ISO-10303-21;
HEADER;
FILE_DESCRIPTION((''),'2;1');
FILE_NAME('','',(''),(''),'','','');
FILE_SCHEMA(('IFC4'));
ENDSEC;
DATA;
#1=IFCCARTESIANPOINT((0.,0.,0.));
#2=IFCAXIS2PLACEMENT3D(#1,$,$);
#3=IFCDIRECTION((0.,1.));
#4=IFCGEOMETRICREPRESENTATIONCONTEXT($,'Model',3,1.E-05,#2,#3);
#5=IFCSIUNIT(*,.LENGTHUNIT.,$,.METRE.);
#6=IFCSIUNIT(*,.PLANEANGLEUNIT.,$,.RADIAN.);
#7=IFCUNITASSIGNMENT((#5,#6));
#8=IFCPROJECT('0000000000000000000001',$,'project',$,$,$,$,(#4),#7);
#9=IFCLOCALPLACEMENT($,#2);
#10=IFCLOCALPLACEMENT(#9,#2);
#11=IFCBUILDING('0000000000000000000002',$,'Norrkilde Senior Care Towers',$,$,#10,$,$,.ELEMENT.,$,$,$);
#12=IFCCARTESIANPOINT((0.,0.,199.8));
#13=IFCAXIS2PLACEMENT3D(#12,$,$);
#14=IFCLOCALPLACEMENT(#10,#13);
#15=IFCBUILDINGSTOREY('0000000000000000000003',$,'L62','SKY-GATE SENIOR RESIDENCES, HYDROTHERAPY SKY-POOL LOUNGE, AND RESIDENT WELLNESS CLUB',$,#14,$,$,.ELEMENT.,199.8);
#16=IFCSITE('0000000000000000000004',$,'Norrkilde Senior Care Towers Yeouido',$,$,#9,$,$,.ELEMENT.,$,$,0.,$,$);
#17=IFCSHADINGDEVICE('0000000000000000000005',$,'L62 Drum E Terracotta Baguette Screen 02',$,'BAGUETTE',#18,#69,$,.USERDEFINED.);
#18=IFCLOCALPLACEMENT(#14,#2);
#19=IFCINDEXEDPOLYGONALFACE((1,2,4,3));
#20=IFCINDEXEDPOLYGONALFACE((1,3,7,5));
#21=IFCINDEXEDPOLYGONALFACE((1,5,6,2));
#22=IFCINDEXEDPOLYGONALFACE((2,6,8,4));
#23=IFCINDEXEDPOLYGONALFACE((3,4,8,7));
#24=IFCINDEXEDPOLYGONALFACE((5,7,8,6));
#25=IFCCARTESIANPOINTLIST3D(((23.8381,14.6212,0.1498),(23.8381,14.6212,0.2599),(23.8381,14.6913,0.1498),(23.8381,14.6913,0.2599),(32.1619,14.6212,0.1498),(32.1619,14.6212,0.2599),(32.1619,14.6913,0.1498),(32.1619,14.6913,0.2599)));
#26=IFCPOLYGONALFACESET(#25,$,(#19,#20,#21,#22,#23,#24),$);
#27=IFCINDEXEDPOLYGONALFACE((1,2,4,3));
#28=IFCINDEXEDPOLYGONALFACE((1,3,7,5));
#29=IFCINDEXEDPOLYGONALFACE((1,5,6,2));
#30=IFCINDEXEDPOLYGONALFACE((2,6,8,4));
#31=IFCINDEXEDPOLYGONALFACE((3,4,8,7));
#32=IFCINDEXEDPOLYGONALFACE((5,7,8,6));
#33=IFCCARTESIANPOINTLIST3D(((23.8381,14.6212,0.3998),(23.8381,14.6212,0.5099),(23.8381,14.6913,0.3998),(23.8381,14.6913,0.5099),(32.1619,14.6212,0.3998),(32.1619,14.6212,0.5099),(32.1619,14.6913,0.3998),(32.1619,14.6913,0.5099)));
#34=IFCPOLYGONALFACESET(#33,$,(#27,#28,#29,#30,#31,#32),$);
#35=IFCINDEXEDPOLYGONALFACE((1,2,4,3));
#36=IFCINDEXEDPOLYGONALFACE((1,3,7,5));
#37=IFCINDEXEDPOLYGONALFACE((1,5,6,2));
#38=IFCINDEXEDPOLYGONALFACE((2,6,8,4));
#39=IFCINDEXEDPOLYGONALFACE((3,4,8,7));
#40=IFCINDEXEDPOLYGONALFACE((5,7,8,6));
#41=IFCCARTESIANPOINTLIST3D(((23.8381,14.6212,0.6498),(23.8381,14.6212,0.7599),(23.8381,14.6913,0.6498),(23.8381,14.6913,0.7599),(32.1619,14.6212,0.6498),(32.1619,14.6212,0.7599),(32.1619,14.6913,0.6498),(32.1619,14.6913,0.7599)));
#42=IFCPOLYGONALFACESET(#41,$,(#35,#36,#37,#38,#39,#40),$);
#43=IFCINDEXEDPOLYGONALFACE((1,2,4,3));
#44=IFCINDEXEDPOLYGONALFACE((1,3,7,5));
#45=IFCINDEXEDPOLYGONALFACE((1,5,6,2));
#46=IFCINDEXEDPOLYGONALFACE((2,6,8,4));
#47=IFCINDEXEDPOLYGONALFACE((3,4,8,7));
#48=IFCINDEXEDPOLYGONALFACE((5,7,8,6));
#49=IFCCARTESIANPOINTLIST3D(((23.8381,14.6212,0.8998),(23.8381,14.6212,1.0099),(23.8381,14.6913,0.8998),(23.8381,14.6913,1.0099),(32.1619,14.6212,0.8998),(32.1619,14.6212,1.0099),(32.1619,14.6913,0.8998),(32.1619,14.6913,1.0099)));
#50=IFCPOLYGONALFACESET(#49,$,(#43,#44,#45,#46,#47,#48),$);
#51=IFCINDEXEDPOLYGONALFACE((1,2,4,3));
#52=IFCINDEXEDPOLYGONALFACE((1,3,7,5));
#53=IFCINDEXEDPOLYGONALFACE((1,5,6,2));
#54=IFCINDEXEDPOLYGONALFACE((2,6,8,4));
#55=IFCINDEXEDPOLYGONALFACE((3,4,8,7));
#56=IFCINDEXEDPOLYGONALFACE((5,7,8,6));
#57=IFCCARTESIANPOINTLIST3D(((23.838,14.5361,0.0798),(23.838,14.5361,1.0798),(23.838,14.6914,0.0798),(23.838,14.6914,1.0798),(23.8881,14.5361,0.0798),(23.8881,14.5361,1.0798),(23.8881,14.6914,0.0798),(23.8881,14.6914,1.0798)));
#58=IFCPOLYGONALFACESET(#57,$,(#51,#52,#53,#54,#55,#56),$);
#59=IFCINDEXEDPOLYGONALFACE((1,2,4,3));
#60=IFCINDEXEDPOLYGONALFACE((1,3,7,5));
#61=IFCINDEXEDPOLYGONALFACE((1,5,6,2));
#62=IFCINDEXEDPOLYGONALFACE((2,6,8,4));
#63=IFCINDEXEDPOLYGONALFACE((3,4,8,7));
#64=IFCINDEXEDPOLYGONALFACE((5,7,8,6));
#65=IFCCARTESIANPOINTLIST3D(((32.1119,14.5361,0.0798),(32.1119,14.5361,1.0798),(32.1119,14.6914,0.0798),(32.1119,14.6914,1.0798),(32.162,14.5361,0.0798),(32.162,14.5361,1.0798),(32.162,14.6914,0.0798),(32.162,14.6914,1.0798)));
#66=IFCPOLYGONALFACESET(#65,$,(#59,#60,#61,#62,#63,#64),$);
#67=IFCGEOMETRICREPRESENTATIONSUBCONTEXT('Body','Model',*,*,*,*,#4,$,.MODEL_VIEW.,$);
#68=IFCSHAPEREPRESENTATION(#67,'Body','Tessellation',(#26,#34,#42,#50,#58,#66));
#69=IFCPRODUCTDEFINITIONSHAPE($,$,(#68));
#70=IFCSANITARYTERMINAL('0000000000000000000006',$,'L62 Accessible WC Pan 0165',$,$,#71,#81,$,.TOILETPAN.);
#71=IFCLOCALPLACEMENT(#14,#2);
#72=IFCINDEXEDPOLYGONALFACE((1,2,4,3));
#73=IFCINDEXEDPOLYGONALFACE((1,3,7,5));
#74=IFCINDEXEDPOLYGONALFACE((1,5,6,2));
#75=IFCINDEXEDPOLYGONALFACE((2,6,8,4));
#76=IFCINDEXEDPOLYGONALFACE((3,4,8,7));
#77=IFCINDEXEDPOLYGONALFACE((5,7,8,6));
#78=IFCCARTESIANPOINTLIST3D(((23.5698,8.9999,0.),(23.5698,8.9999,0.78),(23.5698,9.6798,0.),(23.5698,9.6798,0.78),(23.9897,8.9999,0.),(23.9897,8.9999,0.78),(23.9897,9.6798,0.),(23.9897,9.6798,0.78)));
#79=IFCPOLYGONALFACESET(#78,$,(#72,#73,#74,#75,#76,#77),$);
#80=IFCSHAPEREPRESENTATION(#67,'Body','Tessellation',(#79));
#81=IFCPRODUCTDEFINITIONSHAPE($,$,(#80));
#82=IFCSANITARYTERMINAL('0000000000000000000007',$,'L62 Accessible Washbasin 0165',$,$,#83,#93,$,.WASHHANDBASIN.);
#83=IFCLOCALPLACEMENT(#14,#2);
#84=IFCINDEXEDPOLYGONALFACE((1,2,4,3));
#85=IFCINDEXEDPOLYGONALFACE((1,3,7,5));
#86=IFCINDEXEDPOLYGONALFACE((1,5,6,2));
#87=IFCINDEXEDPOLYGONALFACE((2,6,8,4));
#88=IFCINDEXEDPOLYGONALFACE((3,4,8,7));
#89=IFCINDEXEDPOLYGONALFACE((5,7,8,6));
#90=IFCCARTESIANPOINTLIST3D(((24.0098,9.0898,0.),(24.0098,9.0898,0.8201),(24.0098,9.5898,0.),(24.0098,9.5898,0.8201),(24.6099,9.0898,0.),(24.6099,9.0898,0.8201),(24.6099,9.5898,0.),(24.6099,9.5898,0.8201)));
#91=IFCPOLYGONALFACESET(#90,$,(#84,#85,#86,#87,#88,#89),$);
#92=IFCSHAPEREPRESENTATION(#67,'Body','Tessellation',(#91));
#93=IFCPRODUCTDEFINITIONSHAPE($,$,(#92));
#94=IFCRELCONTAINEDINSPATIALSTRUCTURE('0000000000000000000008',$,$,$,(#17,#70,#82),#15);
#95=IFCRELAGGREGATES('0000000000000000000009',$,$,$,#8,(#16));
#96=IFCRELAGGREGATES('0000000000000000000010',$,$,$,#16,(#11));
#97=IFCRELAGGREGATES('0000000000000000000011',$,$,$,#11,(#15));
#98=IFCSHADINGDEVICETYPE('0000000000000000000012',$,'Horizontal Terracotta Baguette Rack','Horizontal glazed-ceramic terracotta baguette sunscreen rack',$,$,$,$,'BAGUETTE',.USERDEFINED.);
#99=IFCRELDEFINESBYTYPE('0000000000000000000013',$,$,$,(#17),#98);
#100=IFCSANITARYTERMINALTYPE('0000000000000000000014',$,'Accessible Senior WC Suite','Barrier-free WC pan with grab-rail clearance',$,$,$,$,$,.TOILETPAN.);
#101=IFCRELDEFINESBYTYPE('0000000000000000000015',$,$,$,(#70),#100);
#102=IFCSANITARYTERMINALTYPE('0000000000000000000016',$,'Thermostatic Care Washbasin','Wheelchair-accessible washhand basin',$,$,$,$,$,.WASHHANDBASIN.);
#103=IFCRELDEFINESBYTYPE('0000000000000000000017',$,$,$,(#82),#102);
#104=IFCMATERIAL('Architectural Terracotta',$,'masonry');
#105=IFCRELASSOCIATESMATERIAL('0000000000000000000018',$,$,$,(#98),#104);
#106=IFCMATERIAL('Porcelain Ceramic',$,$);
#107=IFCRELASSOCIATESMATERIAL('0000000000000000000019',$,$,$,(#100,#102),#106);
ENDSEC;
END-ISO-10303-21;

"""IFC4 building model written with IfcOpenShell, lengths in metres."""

from ifc_helpers import new_model, si_unit, direction, frame, origin, origin_2d, place, context, subcontext, project, spatial, rectangle, extrude, source, transform, mapped, material, type_object, type_shapes, element, save


model = new_model("IFC4")

# Units and contexts
model_context = context("Model", 3, precision=1e-05, world=origin(), true_north=direction((0.0, 1.0)))
body_context = subcontext(model_context, "Body", "Model", "MODEL_VIEW")
ifc_project = project(units=[si_unit("LENGTHUNIT", "METRE"), si_unit("PLANEANGLEUNIT", "RADIAN")], contexts=[model_context])

# Site, building, storey
site_placement = place(None, origin())
site = spatial("IfcSite", under=ifc_project, at=site_placement, Name="Norrkilde Senior Care Towers Yeouido", CompositionType="ELEMENT", RefElevation=0.0)
building_placement = place(site_placement, origin())
building = spatial("IfcBuilding", under=site, at=building_placement, Name="Norrkilde Senior Care Towers", CompositionType="ELEMENT")
storey_placement = place(building_placement, frame((0.0, 0.0, 199.8)))
storey = spatial("IfcBuildingStorey", under=building, at=storey_placement, Name="L62", Description="SKY-GATE SENIOR RESIDENCES, HYDROTHERAPY SKY-POOL LOUNGE, AND RESIDENT WELLNESS CLUB", CompositionType="ELEMENT", Elevation=199.8)

# Shading device
ifc_material_1 = material(Name="Architectural Terracotta", Category="masonry")
shading_device_type = type_object("IfcShadingDeviceType", Name="Horizontal Terracotta Baguette Rack", Description="Horizontal glazed-ceramic terracotta baguette sunscreen rack", ElementType="BAGUETTE", PredefinedType="USERDEFINED", material=ifc_material_1)
shared_shape_1 = source(origin(), body_context, "Body", "SweptSolid", [
    extrude(rectangle(XDim=0.0701, YDim=0.1101, at=origin_2d()), frame((0.0, 0.0901, 0.125), z_axis=(1.0, 0.0, 0.0), x_axis=(0.0, 1.0, 0.0)), (0.0, 0.0, 1.0), 8.3237),
    extrude(rectangle(XDim=0.0701, YDim=0.1101, at=origin_2d()), frame((0.0, 0.0901, 0.375), z_axis=(1.0, 0.0, 0.0), x_axis=(0.0, 1.0, 0.0)), (0.0, 0.0, 1.0), 8.3237),
    extrude(rectangle(XDim=0.0701, YDim=0.1101, at=origin_2d()), frame((0.0, 0.0901, 0.625), z_axis=(1.0, 0.0, 0.0), x_axis=(0.0, 1.0, 0.0)), (0.0, 0.0, 1.0), 8.3237),
    extrude(rectangle(XDim=0.0701, YDim=0.1101, at=origin_2d()), frame((0.0, 0.0901, 0.875), z_axis=(1.0, 0.0, 0.0), x_axis=(0.0, 1.0, 0.0)), (0.0, 0.0, 1.0), 8.3237),
    extrude(rectangle(XDim=0.05, YDim=0.1553, at=origin_2d()), frame((0.0249, 0.0476, 0.0)), (0.0, 0.0, 1.0), 1.0),
    extrude(rectangle(XDim=0.05, YDim=0.1553, at=origin_2d()), frame((8.2988, 0.0476, 0.0)), (0.0, 0.0, 1.0), 1.0),
])
type_shapes(shading_device_type, [shared_shape_1])
shading_device_placement = place(storey_placement, frame((23.8381, 14.5662, 0.0798), z_axis=(0.0, 0.0, 1.0), x_axis=(1.0, 0.0, 0.0)))
element("IfcShadingDevice", 1, at=shading_device_placement, inside=storey, type_object=shading_device_type, Name="L62 Drum E Terracotta Baguette Screen 02", ObjectType="BAGUETTE", PredefinedType="USERDEFINED", context=body_context, shape_type="MappedRepresentation", body=[
    mapped(shared_shape_1, transform((0.0, 0.0, 0.0), x_axis=(1.0, 0.0, 0.0), y_axis=(0.0, 1.0, 0.0), z_axis=(0.0, 0.0, 1.0), scale=1.0)),
])

# Sanitary terminals
ifc_material_2 = material(Name="Porcelain Ceramic")
sanitary_terminal_type_1 = type_object("IfcSanitaryTerminalType", Name="Accessible Senior WC Suite", Description="Barrier-free WC pan with grab-rail clearance", PredefinedType="TOILETPAN", material=ifc_material_2)
shared_shape_2 = source(origin(), body_context, "Body", "SweptSolid", [
    extrude(rectangle(XDim=0.4199, YDim=0.6799, at=origin_2d()), origin(), (0.0, 0.0, 1.0), 0.78),
])
type_shapes(sanitary_terminal_type_1, [shared_shape_2])
sanitary_terminal_1_placement = place(storey_placement, frame((23.7798, 9.3398, 0.0), z_axis=(0.0, 0.0, 1.0), x_axis=(1.0, 0.0, 0.0)))
element("IfcSanitaryTerminal", 2, at=sanitary_terminal_1_placement, inside=storey, type_object=sanitary_terminal_type_1, Name="L62 Accessible WC Pan 0165", PredefinedType="TOILETPAN", context=body_context, shape_type="MappedRepresentation", body=[
    mapped(shared_shape_2, transform((0.0, 0.0, 0.0), x_axis=(1.0, 0.0, 0.0), y_axis=(0.0, 1.0, 0.0), z_axis=(0.0, 0.0, 1.0), scale=1.0)),
])
sanitary_terminal_type_2 = type_object("IfcSanitaryTerminalType", Name="Thermostatic Care Washbasin", Description="Wheelchair-accessible washhand basin", PredefinedType="WASHHANDBASIN", material=ifc_material_2)
shared_shape_3 = source(origin(), body_context, "Body", "SweptSolid", [
    extrude(rectangle(XDim=0.6001, YDim=0.5, at=origin_2d()), origin(), (0.0, 0.0, 1.0), 0.8201),
])
type_shapes(sanitary_terminal_type_2, [shared_shape_3])
sanitary_terminal_2_placement = place(storey_placement, frame((24.3098, 9.3398, 0.0), z_axis=(0.0, 0.0, 1.0), x_axis=(1.0, 0.0, 0.0)))
element("IfcSanitaryTerminal", 3, at=sanitary_terminal_2_placement, inside=storey, type_object=sanitary_terminal_type_2, Name="L62 Accessible Washbasin 0165", PredefinedType="WASHHANDBASIN", context=body_context, shape_type="MappedRepresentation", body=[
    mapped(shared_shape_3, transform((0.0, 0.0, 0.0), x_axis=(1.0, 0.0, 0.0), y_axis=(0.0, 1.0, 0.0), z_axis=(0.0, 0.0, 1.0), scale=1.0)),
])

save(model, "model.ifc")
